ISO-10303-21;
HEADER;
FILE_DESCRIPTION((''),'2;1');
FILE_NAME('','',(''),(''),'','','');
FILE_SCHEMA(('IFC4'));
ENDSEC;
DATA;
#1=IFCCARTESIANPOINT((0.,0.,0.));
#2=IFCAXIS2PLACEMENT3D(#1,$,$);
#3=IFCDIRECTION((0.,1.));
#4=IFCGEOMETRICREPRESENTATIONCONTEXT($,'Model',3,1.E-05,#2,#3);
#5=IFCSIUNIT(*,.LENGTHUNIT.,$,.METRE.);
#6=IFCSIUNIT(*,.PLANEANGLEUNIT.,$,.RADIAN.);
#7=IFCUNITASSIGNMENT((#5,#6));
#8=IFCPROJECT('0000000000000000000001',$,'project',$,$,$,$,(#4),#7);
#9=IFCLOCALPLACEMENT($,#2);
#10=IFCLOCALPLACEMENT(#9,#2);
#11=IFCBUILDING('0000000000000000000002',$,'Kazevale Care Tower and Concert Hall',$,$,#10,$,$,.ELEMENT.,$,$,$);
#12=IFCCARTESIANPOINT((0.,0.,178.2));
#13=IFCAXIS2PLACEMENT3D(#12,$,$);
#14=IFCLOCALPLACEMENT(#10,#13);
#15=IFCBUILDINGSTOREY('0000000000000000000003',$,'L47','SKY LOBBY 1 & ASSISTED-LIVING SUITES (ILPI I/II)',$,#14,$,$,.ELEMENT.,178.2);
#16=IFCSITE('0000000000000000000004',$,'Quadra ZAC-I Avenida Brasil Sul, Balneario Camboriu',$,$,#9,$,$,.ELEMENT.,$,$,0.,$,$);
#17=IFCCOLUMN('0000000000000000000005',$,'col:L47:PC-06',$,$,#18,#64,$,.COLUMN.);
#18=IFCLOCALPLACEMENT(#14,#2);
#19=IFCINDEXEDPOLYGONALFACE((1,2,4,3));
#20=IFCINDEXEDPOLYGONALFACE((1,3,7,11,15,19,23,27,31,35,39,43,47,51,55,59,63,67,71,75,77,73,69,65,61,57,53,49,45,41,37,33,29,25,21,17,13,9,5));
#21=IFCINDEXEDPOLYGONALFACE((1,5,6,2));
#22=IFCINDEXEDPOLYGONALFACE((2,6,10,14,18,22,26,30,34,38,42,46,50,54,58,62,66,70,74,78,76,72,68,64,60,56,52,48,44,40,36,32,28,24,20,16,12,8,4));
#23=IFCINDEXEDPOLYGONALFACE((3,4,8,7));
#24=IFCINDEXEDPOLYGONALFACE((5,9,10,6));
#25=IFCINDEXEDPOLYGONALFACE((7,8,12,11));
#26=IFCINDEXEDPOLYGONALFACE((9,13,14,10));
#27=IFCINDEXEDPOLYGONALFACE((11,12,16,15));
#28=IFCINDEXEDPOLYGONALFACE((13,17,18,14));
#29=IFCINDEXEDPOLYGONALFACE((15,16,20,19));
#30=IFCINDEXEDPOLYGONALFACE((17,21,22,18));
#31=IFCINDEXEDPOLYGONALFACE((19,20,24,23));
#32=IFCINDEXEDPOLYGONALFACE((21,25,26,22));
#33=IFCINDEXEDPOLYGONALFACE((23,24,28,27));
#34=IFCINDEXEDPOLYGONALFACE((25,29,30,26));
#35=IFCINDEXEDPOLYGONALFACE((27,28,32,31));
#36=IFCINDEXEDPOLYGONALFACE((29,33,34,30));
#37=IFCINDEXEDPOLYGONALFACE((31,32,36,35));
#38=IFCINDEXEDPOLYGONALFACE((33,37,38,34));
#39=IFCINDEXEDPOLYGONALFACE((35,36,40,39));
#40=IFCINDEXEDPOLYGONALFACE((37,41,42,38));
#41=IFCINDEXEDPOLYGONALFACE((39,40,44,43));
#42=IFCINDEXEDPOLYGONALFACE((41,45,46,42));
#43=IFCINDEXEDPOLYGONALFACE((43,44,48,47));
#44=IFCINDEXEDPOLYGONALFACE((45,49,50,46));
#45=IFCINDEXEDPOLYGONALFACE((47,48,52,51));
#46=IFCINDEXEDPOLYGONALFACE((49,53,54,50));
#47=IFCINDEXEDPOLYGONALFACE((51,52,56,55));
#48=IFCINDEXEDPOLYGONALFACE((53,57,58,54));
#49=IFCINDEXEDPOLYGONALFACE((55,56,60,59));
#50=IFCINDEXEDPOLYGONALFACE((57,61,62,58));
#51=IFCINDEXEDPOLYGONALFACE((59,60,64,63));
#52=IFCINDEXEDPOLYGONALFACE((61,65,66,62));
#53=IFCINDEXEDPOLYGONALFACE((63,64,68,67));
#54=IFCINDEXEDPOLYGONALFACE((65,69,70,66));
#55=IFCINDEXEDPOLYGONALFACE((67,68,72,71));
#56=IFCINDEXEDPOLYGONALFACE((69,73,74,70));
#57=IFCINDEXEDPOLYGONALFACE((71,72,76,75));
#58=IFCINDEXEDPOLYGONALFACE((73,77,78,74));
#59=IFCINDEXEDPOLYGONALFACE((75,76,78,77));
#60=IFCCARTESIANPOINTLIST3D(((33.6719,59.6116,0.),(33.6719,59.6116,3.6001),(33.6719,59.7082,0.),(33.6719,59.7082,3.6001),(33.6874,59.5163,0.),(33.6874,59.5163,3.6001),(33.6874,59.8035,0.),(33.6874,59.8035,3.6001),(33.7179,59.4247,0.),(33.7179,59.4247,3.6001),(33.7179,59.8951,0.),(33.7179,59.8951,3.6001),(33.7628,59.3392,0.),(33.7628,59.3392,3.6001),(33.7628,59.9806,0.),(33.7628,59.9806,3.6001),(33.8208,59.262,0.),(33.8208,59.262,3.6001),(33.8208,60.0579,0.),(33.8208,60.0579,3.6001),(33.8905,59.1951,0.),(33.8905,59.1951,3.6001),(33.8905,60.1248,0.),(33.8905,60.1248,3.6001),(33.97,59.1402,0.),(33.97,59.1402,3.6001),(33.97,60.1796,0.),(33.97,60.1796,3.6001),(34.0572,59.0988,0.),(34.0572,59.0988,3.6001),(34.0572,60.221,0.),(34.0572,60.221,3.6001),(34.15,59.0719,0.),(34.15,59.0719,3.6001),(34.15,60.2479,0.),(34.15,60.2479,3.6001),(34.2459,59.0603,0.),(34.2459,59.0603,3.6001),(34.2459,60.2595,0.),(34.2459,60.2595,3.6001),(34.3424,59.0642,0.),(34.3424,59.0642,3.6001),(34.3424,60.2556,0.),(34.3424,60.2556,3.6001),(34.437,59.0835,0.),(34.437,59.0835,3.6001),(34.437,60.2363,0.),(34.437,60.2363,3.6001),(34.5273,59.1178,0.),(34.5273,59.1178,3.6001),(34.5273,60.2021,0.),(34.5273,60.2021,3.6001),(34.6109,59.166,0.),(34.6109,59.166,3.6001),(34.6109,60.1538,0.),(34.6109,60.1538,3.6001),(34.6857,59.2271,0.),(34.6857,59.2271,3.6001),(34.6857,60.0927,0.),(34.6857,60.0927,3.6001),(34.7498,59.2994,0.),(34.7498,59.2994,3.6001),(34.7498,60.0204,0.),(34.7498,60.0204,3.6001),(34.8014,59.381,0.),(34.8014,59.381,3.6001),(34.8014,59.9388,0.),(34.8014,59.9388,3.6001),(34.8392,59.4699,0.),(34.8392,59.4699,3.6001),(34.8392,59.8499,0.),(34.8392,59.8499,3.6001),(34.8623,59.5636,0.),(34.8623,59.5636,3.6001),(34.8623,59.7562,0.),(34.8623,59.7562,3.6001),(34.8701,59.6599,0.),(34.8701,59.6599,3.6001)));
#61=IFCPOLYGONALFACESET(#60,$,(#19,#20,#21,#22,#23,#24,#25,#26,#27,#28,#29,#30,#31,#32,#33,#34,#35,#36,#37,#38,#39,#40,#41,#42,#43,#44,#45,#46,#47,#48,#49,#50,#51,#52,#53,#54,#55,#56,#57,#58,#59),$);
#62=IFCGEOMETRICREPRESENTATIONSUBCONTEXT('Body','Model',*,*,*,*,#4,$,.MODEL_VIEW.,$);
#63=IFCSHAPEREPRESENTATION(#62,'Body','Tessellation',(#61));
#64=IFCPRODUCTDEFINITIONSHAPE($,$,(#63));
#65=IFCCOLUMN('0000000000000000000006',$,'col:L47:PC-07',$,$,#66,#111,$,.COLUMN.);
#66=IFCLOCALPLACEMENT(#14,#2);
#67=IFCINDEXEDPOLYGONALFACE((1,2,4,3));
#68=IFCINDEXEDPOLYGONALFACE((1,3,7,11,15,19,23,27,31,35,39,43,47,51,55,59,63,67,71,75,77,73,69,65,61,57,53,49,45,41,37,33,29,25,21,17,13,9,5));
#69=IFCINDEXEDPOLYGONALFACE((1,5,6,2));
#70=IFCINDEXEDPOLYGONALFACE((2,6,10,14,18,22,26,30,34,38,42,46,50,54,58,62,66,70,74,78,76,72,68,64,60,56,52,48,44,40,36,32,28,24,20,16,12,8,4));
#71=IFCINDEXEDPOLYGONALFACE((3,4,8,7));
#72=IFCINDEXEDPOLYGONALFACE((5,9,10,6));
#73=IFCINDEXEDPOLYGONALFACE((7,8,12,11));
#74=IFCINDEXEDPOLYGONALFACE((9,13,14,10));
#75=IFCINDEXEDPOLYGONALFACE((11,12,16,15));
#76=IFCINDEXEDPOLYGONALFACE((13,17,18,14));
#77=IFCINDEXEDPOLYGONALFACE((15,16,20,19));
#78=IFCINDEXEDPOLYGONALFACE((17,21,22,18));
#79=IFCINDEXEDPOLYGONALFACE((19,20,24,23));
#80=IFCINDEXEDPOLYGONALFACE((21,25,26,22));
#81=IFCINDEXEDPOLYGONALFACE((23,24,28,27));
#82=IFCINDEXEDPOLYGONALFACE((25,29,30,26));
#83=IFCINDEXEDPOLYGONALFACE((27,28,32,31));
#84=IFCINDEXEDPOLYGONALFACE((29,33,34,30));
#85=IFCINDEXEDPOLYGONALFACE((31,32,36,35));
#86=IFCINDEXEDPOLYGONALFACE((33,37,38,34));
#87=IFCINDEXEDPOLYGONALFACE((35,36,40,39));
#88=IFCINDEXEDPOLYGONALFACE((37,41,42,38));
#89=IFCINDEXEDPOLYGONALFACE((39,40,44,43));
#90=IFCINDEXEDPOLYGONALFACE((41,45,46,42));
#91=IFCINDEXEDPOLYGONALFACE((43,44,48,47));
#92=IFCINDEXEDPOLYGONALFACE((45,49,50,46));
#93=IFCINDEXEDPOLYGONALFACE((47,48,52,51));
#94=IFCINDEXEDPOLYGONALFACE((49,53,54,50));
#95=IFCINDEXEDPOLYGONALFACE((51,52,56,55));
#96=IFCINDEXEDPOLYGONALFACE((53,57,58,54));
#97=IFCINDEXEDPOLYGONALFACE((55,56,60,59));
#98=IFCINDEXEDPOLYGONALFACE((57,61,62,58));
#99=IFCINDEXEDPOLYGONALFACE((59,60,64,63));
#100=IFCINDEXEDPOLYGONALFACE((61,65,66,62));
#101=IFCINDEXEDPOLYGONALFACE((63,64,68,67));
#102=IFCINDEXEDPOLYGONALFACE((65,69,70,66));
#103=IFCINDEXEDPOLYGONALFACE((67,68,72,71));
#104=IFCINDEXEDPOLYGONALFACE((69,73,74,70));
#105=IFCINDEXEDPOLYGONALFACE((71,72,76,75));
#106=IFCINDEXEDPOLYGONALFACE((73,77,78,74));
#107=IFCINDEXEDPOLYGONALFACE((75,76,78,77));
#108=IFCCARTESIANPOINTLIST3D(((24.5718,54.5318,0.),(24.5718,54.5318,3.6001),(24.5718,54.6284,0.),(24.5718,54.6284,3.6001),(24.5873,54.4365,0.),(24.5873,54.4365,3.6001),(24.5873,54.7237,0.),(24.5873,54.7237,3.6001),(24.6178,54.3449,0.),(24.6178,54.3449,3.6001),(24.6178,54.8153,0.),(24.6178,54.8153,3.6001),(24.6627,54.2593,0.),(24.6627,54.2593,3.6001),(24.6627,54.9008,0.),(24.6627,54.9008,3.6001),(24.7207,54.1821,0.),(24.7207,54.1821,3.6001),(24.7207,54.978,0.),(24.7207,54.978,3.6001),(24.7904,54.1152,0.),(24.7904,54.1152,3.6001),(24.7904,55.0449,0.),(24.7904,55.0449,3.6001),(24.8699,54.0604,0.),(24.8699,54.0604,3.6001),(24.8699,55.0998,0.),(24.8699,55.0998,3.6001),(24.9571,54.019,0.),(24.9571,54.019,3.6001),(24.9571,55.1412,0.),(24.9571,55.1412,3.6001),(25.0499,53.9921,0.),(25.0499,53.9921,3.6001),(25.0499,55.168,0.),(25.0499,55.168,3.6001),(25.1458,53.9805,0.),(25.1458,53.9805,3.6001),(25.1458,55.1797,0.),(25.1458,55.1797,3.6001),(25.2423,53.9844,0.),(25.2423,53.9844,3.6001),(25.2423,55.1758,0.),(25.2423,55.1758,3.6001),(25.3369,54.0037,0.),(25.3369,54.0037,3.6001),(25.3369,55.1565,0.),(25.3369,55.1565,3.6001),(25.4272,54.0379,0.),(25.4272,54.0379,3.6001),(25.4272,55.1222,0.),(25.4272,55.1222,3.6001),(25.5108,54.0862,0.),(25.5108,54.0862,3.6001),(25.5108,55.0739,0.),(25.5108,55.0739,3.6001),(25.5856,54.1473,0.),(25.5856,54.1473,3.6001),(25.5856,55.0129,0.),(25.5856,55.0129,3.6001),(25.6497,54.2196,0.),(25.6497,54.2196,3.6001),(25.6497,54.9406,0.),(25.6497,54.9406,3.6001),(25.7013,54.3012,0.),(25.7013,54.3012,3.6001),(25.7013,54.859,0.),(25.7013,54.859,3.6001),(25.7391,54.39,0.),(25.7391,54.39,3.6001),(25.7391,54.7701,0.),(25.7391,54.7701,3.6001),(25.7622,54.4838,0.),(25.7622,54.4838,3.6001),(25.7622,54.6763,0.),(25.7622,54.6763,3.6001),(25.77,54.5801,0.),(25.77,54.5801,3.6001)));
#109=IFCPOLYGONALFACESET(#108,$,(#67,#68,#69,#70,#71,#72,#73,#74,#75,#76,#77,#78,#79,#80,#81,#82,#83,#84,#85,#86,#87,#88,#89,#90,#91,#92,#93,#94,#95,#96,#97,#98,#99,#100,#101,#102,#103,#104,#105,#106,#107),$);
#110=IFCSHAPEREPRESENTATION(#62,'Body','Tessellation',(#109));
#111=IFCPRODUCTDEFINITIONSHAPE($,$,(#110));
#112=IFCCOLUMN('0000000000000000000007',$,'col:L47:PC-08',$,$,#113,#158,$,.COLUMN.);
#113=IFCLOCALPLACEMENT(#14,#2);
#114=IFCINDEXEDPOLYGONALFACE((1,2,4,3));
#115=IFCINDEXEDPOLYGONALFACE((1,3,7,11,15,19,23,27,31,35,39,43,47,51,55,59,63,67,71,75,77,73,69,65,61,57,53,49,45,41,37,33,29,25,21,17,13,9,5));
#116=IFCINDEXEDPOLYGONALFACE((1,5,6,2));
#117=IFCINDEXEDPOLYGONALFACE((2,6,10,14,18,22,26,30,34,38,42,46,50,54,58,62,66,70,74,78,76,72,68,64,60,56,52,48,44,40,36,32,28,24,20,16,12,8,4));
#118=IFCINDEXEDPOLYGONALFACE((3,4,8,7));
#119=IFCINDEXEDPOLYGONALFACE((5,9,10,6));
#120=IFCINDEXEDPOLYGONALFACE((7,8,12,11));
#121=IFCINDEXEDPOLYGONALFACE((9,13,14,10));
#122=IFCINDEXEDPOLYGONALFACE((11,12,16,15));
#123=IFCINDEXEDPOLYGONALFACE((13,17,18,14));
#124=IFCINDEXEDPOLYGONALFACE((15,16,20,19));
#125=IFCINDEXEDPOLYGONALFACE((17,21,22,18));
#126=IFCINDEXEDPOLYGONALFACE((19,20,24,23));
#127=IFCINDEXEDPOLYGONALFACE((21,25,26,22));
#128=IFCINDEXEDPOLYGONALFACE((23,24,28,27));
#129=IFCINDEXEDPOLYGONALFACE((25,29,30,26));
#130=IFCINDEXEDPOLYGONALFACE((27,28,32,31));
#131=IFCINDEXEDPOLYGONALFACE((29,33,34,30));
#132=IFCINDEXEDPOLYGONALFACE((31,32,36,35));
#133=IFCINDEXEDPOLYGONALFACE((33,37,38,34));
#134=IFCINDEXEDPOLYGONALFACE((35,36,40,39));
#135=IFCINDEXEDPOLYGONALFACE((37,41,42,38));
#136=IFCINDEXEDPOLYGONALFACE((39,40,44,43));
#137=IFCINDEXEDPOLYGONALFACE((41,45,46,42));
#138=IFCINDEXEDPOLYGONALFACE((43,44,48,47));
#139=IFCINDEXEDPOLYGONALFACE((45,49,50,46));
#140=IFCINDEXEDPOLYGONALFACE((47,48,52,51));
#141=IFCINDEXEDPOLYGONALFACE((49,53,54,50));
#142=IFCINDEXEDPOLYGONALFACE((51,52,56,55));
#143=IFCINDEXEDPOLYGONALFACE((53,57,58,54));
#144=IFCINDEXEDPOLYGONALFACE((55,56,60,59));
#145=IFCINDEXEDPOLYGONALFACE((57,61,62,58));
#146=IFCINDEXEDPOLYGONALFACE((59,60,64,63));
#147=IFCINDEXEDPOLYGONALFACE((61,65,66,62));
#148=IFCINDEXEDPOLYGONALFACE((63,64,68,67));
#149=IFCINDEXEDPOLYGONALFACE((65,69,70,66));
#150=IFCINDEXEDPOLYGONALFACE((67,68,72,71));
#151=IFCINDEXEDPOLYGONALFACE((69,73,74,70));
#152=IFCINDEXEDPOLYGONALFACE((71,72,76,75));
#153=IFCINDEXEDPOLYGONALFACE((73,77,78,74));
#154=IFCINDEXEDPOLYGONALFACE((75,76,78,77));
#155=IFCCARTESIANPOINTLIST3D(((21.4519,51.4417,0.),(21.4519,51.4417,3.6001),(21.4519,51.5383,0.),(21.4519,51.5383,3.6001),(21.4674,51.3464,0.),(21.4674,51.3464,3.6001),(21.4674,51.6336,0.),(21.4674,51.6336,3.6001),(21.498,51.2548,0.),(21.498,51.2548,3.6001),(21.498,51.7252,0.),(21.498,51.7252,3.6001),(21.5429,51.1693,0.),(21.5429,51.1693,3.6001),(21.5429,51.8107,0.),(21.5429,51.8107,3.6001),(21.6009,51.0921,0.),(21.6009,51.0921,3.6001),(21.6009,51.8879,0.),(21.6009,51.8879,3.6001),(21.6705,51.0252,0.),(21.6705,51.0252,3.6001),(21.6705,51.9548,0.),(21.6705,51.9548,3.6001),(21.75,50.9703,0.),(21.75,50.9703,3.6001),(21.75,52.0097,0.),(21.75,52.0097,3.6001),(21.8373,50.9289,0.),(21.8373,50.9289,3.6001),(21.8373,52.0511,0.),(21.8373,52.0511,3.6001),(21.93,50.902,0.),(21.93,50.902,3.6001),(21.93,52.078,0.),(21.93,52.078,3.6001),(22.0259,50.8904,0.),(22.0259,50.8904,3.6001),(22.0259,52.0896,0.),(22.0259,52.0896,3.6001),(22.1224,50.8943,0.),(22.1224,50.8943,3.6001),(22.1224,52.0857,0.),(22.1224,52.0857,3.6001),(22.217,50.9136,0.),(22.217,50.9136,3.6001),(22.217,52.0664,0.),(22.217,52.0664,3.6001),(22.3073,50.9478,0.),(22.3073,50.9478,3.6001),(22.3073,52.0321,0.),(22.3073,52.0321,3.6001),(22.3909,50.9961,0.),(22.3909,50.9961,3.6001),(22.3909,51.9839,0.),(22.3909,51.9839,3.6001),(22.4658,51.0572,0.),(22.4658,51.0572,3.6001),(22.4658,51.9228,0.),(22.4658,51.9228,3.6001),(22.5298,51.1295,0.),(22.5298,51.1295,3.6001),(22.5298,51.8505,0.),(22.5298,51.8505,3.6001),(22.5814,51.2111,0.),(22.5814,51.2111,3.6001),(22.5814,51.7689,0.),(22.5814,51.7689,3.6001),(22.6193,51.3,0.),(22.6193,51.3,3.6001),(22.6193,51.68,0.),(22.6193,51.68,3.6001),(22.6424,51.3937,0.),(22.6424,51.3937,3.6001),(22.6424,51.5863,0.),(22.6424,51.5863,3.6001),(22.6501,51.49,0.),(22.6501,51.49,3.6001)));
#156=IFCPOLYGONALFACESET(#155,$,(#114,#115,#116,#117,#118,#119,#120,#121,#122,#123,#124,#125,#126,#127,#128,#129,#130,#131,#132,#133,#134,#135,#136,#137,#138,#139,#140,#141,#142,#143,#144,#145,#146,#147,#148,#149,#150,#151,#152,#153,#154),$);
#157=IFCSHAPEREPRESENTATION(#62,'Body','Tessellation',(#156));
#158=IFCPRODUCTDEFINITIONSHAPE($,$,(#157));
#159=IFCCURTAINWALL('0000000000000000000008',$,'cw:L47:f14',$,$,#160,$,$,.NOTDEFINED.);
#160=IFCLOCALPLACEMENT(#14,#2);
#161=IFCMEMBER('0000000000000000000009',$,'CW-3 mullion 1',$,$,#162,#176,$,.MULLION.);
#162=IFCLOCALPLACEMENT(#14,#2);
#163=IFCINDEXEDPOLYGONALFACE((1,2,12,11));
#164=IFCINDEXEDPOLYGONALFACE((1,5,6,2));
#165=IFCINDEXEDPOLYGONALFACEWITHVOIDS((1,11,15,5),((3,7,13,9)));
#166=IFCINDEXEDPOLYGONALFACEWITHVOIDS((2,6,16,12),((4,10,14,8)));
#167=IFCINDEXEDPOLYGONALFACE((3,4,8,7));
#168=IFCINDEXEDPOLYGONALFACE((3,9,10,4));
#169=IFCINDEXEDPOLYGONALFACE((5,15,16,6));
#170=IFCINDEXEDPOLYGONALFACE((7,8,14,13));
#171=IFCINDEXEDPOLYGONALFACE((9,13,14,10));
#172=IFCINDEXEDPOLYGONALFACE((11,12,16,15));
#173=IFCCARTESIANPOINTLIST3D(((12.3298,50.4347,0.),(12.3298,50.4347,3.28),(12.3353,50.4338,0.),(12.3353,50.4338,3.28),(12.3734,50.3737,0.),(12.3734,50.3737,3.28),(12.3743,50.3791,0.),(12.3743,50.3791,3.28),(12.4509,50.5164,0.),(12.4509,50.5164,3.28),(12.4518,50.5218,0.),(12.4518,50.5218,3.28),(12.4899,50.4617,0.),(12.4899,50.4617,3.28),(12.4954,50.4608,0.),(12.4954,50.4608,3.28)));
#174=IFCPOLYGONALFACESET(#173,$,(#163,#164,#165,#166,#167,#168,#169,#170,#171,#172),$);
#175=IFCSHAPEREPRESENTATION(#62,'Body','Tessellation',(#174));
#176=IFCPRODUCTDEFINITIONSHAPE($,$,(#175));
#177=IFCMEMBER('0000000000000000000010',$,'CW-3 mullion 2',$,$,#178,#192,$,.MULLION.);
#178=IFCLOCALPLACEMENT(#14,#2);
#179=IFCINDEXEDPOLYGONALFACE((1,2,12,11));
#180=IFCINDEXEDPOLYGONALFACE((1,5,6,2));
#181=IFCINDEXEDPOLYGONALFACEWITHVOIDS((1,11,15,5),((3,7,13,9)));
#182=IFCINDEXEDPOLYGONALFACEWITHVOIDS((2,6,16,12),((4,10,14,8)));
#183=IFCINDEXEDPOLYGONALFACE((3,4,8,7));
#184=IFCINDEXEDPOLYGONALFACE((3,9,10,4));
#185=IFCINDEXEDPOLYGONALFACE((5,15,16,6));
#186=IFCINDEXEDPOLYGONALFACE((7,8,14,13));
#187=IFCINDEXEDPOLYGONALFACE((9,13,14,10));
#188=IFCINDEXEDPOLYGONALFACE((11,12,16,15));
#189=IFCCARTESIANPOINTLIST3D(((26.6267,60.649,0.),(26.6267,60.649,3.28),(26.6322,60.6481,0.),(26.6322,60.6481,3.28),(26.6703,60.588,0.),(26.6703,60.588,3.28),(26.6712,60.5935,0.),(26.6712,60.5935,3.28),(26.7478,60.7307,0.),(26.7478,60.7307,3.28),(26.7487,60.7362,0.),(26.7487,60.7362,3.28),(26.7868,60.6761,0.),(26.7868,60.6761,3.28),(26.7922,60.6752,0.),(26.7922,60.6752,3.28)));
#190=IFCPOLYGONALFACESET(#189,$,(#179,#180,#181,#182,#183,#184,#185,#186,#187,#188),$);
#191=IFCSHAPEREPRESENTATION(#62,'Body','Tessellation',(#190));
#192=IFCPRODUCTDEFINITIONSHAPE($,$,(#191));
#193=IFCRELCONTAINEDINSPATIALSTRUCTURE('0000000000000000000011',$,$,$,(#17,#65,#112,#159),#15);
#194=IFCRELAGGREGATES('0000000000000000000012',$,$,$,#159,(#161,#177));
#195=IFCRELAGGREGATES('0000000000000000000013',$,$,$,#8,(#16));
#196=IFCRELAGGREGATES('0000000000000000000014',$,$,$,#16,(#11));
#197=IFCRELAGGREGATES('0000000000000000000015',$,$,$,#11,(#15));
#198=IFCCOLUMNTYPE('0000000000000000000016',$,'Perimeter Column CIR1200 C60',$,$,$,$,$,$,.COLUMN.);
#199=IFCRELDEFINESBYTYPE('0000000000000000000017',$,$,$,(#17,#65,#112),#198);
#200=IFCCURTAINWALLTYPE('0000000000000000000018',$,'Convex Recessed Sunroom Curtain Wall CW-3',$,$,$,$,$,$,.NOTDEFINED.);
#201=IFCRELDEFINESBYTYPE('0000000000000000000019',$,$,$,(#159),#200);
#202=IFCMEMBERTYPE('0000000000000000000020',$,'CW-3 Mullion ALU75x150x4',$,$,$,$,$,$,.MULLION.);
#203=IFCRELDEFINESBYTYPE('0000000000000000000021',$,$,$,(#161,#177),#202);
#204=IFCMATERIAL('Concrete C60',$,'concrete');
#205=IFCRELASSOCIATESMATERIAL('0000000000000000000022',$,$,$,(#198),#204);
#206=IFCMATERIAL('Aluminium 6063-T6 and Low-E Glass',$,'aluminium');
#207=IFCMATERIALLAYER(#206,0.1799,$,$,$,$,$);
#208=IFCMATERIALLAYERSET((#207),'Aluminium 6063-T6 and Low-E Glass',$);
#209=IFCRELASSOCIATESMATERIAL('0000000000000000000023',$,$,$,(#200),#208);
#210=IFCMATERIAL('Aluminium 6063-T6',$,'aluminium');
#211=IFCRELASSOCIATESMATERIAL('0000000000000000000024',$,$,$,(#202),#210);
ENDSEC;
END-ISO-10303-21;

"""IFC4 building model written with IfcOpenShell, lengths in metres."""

from ifc_helpers import new_model, si_unit, direction, frame, origin, origin_2d, place, context, subcontext, project, spatial, hollow_rectangle, circle, extrude, material, layer, layer_set, material_profile, profile_set, type_object, element, aggregate, save


model = new_model("IFC4")

# Units and contexts
model_context = context("Model", 3, precision=1e-05, world=origin(), true_north=direction((0.0, 1.0)))
body_context = subcontext(model_context, "Body", "Model", "MODEL_VIEW")
ifc_project = project(units=[si_unit("LENGTHUNIT", "METRE"), si_unit("PLANEANGLEUNIT", "RADIAN")], contexts=[model_context])

# Site, building, storey
site_placement = place(None, origin())
site = spatial("IfcSite", under=ifc_project, at=site_placement, Name="Quadra ZAC-I Avenida Brasil Sul, Balneario Camboriu", CompositionType="ELEMENT", RefElevation=0.0)
building_placement = place(site_placement, origin())
building = spatial("IfcBuilding", under=site, at=building_placement, Name="Kazevale Care Tower and Concert Hall", CompositionType="ELEMENT")
storey_placement = place(building_placement, frame((0.0, 0.0, 178.2)))
storey = spatial("IfcBuildingStorey", under=building, at=storey_placement, Name="L47", Description="SKY LOBBY 1 & ASSISTED-LIVING SUITES (ILPI I/II)", CompositionType="ELEMENT", Elevation=178.2)

# Columns
ifc_material_1 = material(Name="Concrete C60", Category="concrete")
ifc_material_profile_1 = material_profile(ifc_material_1, circle(Radius=0.6001, at=origin_2d()), Name="RC-CIR1200")
ifc_profile_set_1 = profile_set([ifc_material_profile_1], Name="Concrete C60")
column_type = type_object("IfcColumnType", Name="Perimeter Column CIR1200 C60", PredefinedType="COLUMN", material=ifc_profile_set_1)
for number, where, z_axis, x_axis, name in (
    (1, (34.27, 59.6599, 0.0), (0.0, 0.0, 1.0), (1.0, 0.0, 0.0), "col:L47:PC-06"),
    (2, (25.1699, 54.5801, 0.0), (0.0, 0.0, 1.0), (1.0, 0.0, 0.0), "col:L47:PC-07"),
    (3, (22.05, 51.49, 0.0), (0.0, 0.0, 1.0), (1.0, 0.0, 0.0), "col:L47:PC-08"),
):
    element("IfcColumn", number, at=place(storey_placement, frame(where, z_axis=z_axis, x_axis=x_axis)), inside=storey, type_object=column_type, Name=name, PredefinedType="COLUMN", context=body_context, shape_type="SweptSolid", body=[
        extrude(circle(Radius=0.6001, at=origin_2d()), origin(), (0.0, 0.0, 1.0), 3.6001),
    ])

# Curtain wall, members
ifc_material_2 = material(Name="Aluminium 6063-T6 and Low-E Glass", Category="aluminium")
ifc_layer_1 = layer(ifc_material_2, 0.1799)
ifc_layer_set_1 = layer_set([ifc_layer_1], Name="Aluminium 6063-T6 and Low-E Glass")
curtain_wall_type = type_object("IfcCurtainWallType", Name="Convex Recessed Sunroom Curtain Wall CW-3", PredefinedType="NOTDEFINED", material=ifc_layer_set_1)
curtain_wall_placement = place(storey_placement, origin())
curtain_wall = element("IfcCurtainWall", 4, at=curtain_wall_placement, inside=storey, type_object=curtain_wall_type, Name="cw:L47:f14", PredefinedType="NOTDEFINED")
ifc_material_3 = material(Name="Aluminium 6063-T6", Category="aluminium")
ifc_material_profile_2 = material_profile(ifc_material_3, hollow_rectangle(XDim=0.075, YDim=0.1499, WallThickness=0.0039, at=origin_2d()), Name="ALU75x150x4")
ifc_profile_set_2 = profile_set([ifc_material_profile_2], Name="Aluminium 6063-T6")
member_type_1 = type_object("IfcMemberType", Name="CW-3 Mullion ALU75x150x4", PredefinedType="MULLION", material=ifc_profile_set_2)
member_1_placement = place(storey_placement, frame((12.4126, 50.4478, 0.0), z_axis=(0.0, 0.0, 1.0), x_axis=(-0.581324, 0.813672, 0.0)))
member_1 = element("IfcMember", 5, at=member_1_placement, type_object=member_type_1, Name="CW-3 mullion 1", PredefinedType="MULLION", context=body_context, shape_type="SweptSolid", body=[
    extrude(hollow_rectangle(XDim=0.075, YDim=0.1499, WallThickness=0.0039, at=origin_2d()), origin(), (0.0, 0.0, 1.0), 3.28),
])
member_2_placement = place(storey_placement, frame((26.7095, 60.6621, 0.0), z_axis=(0.0, 0.0, 1.0), x_axis=(-0.581324, 0.813672, 0.0)))
member_2 = element("IfcMember", 6, at=member_2_placement, type_object=member_type_1, Name="CW-3 mullion 2", PredefinedType="MULLION", context=body_context, shape_type="SweptSolid", body=[
    extrude(hollow_rectangle(XDim=0.075, YDim=0.1499, WallThickness=0.0039, at=origin_2d()), origin(), (0.0, 0.0, 1.0), 3.28),
])

aggregate(curtain_wall, [member_1, member_2])

save(model, "model.ifc")
